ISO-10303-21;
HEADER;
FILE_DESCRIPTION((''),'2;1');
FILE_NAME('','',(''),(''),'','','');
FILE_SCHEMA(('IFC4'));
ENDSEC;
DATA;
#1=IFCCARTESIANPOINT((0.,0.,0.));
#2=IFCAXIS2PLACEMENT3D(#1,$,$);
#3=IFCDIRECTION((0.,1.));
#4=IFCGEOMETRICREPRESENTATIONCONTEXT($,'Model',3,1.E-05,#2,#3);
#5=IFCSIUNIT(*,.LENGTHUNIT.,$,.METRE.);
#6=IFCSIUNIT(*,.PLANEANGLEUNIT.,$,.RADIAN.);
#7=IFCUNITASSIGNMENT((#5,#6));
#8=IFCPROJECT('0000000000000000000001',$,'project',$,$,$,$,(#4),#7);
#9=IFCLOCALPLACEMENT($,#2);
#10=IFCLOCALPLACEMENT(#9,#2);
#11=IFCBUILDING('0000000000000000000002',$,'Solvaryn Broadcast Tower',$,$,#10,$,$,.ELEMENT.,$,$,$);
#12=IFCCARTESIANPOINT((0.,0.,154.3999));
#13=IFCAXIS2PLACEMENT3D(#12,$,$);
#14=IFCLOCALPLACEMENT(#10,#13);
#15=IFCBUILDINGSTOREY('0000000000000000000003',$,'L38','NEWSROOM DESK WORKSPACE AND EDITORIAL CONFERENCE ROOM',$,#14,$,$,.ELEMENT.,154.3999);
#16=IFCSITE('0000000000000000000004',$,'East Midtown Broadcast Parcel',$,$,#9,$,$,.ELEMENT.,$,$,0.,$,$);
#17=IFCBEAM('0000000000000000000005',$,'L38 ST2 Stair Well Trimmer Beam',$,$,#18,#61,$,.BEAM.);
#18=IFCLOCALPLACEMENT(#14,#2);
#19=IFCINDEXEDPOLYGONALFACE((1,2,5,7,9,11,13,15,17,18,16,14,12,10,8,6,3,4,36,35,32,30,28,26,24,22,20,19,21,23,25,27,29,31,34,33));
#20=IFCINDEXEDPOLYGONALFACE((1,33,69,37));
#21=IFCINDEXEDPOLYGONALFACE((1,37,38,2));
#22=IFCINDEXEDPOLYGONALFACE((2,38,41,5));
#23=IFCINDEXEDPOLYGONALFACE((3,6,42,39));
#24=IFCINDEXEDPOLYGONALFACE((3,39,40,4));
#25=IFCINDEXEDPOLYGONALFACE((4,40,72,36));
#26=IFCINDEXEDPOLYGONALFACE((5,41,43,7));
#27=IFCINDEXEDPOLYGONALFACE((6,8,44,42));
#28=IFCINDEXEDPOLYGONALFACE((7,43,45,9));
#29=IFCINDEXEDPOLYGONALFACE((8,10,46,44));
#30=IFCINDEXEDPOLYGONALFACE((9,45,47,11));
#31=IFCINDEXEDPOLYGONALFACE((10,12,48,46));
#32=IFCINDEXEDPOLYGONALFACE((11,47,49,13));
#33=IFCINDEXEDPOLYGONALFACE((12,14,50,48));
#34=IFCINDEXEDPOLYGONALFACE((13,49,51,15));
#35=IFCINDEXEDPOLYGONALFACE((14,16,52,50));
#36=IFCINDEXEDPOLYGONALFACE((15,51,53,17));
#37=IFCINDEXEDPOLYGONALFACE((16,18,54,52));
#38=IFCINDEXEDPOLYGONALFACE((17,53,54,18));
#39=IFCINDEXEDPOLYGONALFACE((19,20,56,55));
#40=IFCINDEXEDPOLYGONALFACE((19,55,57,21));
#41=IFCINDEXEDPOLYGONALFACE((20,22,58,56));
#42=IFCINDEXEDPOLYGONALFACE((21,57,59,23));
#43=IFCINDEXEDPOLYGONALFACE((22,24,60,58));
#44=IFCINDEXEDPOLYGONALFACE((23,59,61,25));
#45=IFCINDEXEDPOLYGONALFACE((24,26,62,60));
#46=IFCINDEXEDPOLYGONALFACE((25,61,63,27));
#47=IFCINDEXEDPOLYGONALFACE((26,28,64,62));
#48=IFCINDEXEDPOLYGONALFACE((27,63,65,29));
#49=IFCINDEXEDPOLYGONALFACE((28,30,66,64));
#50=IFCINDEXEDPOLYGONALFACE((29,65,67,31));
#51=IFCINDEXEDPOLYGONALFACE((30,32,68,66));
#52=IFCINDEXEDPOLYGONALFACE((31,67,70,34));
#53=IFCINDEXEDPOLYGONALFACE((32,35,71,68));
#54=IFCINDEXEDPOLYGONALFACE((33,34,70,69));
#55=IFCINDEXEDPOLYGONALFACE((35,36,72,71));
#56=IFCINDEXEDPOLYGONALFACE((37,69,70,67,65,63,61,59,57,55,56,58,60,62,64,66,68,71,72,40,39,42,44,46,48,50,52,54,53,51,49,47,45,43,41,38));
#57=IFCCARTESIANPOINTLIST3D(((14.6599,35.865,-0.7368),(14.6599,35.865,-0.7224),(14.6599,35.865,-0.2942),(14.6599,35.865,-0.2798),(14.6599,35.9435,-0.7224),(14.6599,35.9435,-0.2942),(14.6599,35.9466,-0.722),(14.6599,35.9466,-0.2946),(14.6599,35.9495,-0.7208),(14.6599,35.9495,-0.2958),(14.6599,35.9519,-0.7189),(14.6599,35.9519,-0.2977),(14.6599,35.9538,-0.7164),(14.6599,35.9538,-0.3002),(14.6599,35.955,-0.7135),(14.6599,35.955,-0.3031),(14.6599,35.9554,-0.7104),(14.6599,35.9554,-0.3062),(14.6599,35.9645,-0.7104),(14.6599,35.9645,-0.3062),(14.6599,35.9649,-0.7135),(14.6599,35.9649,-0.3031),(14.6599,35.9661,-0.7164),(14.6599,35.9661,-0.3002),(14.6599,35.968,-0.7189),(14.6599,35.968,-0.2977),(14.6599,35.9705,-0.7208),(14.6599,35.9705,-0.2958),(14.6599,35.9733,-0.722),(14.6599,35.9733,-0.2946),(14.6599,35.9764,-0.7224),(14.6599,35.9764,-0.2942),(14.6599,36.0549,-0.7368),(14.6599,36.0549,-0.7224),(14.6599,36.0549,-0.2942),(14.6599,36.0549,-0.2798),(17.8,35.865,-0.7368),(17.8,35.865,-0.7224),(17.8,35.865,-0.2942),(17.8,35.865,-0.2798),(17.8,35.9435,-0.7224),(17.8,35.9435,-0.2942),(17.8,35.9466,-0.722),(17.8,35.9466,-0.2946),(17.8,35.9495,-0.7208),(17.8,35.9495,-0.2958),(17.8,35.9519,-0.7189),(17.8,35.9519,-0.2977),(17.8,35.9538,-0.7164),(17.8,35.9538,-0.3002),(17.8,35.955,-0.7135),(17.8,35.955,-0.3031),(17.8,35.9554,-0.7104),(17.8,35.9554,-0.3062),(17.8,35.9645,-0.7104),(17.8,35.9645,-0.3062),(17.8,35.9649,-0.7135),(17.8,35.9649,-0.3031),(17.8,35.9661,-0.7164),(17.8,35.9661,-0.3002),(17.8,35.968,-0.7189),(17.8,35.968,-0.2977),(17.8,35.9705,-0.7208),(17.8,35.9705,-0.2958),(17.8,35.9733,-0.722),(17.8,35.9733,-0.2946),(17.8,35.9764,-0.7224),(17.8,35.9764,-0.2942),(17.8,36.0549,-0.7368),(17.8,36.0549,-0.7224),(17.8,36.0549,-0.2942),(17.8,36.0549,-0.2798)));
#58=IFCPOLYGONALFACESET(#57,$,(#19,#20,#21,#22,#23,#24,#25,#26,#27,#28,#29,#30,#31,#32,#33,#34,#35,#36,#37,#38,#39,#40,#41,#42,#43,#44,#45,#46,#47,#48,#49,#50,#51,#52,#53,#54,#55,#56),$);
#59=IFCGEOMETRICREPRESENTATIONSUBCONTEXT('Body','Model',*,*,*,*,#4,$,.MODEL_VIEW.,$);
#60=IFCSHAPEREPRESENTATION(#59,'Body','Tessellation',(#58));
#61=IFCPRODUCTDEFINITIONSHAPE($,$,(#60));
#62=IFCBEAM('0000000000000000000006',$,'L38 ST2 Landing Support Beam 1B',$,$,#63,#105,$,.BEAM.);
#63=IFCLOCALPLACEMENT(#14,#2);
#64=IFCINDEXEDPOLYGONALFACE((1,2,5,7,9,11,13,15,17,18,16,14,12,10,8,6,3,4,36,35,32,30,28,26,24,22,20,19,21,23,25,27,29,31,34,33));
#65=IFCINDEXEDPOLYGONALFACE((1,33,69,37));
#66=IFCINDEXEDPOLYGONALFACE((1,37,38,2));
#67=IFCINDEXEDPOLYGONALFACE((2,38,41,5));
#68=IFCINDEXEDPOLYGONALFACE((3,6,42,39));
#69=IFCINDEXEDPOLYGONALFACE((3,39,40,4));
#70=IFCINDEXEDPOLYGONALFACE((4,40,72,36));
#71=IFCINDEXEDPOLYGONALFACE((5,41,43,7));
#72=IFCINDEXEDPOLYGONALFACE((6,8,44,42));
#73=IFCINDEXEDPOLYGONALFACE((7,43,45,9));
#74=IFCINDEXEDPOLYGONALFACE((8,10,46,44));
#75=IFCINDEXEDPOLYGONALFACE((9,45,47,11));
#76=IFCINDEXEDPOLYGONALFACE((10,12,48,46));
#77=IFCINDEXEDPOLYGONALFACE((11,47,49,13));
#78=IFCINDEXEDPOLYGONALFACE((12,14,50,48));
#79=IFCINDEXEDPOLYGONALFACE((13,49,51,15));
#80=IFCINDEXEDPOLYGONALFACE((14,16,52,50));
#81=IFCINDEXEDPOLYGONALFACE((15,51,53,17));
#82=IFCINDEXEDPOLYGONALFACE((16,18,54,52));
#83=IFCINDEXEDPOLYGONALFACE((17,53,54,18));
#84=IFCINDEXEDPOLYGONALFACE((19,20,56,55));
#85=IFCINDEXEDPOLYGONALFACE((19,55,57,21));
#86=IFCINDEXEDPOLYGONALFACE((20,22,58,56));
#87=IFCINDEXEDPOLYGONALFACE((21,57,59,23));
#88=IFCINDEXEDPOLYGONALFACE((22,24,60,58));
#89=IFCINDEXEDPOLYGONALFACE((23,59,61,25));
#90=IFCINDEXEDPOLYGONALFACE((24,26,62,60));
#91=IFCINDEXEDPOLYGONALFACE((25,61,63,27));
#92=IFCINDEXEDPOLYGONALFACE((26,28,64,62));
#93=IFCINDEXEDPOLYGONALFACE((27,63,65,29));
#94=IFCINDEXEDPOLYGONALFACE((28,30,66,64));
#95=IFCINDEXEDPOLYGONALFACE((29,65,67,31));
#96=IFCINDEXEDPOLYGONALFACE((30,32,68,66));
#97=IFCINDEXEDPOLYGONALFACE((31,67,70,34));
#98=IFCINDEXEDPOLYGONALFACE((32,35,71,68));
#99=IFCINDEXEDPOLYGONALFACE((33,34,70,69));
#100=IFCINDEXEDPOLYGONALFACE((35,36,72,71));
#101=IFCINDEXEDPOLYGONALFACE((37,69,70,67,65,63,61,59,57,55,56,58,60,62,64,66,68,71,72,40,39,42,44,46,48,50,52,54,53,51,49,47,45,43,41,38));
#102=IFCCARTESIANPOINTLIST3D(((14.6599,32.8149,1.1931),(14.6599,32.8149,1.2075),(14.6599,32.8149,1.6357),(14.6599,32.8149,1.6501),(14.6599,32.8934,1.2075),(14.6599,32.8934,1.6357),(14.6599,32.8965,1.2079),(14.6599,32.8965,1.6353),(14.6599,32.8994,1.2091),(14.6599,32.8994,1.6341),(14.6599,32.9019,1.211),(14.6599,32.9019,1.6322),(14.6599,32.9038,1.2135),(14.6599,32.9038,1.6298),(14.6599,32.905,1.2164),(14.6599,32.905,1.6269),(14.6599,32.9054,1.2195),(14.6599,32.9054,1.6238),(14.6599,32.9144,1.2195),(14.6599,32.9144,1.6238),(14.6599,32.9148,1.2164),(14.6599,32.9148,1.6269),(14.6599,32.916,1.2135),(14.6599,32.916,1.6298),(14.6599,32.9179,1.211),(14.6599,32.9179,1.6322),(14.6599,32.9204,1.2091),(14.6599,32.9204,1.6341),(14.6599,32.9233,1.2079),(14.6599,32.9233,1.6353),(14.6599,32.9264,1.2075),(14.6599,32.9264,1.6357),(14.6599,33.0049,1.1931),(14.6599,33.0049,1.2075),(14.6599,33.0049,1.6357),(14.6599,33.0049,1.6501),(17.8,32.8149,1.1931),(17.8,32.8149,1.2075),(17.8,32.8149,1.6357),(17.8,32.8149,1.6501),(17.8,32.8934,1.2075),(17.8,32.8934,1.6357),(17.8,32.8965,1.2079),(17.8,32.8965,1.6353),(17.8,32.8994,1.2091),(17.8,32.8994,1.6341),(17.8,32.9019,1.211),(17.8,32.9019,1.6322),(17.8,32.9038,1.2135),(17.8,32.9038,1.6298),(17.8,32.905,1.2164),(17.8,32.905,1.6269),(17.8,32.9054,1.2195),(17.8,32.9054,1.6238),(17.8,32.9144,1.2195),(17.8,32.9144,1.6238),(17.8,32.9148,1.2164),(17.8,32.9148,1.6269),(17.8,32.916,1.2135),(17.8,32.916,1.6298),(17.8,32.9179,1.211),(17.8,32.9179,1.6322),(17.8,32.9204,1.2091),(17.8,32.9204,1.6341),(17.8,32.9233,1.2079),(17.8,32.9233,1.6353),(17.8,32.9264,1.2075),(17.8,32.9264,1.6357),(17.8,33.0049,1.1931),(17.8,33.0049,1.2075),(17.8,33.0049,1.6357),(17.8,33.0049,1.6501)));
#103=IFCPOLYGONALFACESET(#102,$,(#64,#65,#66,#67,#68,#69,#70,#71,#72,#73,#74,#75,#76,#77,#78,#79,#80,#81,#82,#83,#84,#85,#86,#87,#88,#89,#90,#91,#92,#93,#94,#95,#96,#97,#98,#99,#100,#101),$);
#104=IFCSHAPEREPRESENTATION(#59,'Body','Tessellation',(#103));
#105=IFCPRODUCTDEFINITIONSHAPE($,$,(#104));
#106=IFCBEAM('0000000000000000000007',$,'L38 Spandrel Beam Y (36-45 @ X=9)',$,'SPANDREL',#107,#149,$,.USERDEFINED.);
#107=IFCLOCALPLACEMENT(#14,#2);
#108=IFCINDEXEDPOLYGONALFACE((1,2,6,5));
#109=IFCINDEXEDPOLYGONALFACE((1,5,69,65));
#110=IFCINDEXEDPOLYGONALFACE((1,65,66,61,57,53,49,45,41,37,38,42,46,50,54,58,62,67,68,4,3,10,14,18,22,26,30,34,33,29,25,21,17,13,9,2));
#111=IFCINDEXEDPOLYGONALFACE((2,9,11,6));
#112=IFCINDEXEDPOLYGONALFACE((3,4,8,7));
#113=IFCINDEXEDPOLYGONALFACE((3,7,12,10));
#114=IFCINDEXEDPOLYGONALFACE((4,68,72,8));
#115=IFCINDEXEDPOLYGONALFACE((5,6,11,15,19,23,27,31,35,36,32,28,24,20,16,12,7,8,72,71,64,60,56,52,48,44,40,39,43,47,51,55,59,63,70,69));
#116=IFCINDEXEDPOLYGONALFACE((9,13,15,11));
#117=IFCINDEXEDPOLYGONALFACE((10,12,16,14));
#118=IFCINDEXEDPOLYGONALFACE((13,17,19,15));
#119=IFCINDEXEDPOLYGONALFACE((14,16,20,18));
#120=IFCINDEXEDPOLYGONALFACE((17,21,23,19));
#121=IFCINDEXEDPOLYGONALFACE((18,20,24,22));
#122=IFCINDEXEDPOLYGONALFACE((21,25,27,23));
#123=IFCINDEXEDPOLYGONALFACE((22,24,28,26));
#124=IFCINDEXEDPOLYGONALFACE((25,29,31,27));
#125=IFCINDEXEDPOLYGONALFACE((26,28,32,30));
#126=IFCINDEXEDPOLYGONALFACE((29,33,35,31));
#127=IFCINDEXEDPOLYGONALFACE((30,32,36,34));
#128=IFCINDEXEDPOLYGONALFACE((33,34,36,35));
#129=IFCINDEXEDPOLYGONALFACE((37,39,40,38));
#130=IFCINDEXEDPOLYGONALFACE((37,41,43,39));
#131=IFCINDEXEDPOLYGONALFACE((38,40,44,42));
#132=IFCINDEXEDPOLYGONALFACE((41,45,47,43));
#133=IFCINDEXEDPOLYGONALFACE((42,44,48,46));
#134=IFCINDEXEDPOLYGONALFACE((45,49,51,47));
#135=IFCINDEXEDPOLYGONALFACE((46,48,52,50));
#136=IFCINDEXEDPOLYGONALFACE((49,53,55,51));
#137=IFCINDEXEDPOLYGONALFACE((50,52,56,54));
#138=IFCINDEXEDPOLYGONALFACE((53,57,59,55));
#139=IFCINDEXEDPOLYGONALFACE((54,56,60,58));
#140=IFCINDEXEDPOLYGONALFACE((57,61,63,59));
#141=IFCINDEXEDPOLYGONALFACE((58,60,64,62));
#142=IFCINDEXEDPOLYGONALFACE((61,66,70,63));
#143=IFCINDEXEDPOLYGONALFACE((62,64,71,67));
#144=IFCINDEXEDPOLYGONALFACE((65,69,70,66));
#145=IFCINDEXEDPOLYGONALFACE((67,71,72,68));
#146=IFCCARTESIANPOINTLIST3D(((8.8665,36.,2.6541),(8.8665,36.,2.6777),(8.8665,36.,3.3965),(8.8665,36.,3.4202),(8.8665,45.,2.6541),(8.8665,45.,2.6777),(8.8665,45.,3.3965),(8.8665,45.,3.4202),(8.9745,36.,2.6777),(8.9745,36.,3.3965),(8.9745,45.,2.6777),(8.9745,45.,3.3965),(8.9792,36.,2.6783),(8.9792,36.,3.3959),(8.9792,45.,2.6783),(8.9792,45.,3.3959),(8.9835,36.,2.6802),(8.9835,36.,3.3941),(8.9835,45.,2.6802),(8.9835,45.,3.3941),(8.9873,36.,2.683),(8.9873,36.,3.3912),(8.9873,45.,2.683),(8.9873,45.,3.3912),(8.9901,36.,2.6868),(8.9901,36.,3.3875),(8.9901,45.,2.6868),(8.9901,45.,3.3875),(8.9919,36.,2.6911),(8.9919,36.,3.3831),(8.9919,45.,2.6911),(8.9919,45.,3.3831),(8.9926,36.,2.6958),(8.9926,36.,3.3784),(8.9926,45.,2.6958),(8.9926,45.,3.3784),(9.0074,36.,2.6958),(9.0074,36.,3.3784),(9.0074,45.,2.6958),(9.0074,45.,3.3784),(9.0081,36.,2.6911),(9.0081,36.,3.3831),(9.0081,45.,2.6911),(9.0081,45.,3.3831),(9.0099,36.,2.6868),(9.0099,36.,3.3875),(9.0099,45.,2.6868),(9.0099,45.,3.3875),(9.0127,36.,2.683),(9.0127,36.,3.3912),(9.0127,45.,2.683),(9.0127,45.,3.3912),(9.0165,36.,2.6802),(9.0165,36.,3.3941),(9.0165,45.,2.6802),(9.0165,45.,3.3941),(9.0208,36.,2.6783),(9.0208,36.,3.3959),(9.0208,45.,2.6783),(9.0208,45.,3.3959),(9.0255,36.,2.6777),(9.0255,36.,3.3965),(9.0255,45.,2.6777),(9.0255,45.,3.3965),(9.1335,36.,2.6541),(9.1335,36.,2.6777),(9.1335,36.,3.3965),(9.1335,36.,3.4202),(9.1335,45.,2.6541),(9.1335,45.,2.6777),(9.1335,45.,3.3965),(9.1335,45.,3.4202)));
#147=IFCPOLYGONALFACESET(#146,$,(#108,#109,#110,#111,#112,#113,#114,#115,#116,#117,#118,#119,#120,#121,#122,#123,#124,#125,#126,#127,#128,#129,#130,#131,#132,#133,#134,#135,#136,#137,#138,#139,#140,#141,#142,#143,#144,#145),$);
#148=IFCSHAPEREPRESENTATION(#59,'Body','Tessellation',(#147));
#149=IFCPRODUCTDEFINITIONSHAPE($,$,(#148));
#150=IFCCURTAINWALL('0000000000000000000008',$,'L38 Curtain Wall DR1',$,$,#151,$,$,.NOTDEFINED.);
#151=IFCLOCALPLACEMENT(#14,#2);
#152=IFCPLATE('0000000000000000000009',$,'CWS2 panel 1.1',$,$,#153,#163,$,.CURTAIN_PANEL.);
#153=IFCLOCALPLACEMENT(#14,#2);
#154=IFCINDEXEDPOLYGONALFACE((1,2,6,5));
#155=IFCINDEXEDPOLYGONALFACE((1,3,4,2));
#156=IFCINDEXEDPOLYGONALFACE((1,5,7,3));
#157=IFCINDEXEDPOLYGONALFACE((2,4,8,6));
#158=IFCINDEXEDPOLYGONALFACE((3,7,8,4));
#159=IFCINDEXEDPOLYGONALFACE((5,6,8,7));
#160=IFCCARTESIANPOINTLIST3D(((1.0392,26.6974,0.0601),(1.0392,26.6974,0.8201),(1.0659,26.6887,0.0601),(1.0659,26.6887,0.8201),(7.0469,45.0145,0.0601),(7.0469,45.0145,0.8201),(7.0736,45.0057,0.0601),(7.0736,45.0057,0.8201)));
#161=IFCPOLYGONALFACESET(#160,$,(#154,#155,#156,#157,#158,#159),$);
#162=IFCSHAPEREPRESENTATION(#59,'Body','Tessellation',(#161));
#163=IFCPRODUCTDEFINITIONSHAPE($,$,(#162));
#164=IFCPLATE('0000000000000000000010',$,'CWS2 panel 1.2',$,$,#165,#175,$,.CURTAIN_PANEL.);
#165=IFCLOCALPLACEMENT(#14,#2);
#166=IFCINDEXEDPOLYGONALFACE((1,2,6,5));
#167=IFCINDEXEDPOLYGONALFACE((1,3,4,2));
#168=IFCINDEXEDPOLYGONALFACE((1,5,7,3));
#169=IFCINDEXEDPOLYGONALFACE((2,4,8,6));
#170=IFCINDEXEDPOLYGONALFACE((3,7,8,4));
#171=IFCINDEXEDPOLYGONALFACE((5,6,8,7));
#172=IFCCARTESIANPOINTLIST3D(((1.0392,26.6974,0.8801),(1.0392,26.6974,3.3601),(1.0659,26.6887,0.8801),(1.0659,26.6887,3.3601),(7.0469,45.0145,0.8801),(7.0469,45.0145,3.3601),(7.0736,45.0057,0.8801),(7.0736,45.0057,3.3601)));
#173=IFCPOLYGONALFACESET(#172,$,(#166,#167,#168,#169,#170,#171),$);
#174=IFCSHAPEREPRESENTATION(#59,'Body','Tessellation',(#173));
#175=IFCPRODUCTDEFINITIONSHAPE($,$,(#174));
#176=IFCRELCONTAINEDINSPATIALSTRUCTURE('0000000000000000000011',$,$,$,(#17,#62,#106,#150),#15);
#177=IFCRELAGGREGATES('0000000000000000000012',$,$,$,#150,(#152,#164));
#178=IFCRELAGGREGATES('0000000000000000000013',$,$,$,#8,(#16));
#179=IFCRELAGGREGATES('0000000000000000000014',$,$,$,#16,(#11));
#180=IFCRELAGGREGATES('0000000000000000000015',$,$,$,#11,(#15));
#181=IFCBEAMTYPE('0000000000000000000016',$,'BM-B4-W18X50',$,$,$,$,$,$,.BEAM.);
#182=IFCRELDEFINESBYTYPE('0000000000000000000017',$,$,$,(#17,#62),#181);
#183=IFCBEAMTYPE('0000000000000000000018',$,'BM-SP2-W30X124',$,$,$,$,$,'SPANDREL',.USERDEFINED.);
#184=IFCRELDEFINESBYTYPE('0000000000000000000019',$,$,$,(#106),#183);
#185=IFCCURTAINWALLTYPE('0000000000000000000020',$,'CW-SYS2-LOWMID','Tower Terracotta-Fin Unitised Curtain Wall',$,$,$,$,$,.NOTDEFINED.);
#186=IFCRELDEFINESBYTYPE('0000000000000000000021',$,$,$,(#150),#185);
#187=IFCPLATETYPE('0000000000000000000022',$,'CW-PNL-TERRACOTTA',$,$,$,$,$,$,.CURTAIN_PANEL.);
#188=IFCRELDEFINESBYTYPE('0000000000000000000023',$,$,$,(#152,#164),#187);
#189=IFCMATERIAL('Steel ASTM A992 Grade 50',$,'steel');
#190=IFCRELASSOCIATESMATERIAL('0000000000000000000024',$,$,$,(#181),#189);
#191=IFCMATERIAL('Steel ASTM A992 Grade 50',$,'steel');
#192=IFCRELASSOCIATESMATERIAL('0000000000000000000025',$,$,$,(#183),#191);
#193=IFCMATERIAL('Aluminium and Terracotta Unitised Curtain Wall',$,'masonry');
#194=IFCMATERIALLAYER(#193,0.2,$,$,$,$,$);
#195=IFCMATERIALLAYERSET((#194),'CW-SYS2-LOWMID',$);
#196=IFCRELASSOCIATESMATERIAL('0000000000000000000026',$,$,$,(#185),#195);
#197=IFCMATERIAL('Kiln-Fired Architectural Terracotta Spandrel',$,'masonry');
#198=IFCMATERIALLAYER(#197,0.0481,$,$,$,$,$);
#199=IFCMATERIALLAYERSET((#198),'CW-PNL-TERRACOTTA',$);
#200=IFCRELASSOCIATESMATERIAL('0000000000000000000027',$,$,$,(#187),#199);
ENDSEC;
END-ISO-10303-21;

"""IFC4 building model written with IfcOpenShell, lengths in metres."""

from ifc_helpers import new_model, si_unit, direction, frame, origin, origin_2d, place, context, subcontext, project, spatial, rectangle, i_section, extrude, material, layer, layer_set, material_profile, profile_set, type_object, element, aggregate, save


model = new_model("IFC4")

# Units and contexts
model_context = context("Model", 3, precision=1e-05, world=origin(), true_north=direction((0.0, 1.0)))
body_context = subcontext(model_context, "Body", "Model", "MODEL_VIEW")
ifc_project = project(units=[si_unit("LENGTHUNIT", "METRE"), si_unit("PLANEANGLEUNIT", "RADIAN")], contexts=[model_context])

# Site, building, storey
site_placement = place(None, origin())
site = spatial("IfcSite", under=ifc_project, at=site_placement, Name="East Midtown Broadcast Parcel", CompositionType="ELEMENT", RefElevation=0.0)
building_placement = place(site_placement, origin())
building = spatial("IfcBuilding", under=site, at=building_placement, Name="Solvaryn Broadcast Tower", CompositionType="ELEMENT")
storey_placement = place(building_placement, frame((0.0, 0.0, 154.3999)))
storey = spatial("IfcBuildingStorey", under=building, at=storey_placement, Name="L38", Description="NEWSROOM DESK WORKSPACE AND EDITORIAL CONFERENCE ROOM", CompositionType="ELEMENT", Elevation=154.3999)

# Beams
ifc_material_1 = material(Name="Steel ASTM A992 Grade 50", Category="steel")
ifc_material_profile_1 = material_profile(ifc_material_1, i_section(OverallWidth=0.1899, OverallDepth=0.457, WebThickness=0.009, FlangeThickness=0.0144, FilletRadius=0.012, at=origin_2d()))
ifc_profile_set_1 = profile_set([ifc_material_profile_1], Name="Steel ASTM A992 Grade 50")
beam_type_1 = type_object("IfcBeamType", Name="BM-B4-W18X50", PredefinedType="BEAM", material=ifc_profile_set_1)
for number, where, z_axis, x_axis, name in (
    (1, (14.6599, 35.96, -0.5083), (1.0, 0.0, 0.0), (0.0, 1.0, 0.0), "L38 ST2 Stair Well Trimmer Beam"),
    (2, (14.6599, 32.9099, 1.4216), (1.0, 0.0, 0.0), (0.0, 1.0, 0.0), "L38 ST2 Landing Support Beam 1B"),
):
    element("IfcBeam", number, at=place(storey_placement, frame(where, z_axis=z_axis, x_axis=x_axis)), inside=storey, type_object=beam_type_1, Name=name, PredefinedType="BEAM", context=body_context, shape_type="SweptSolid", body=[
        extrude(i_section(OverallWidth=0.1899, OverallDepth=0.457, WebThickness=0.009, FlangeThickness=0.0144, FilletRadius=0.012, at=origin_2d()), origin(), (0.0, 0.0, 1.0), 3.1401),
    ])
ifc_material_2 = material(Name="Steel ASTM A992 Grade 50", Category="steel")
ifc_material_profile_2 = material_profile(ifc_material_2, i_section(OverallWidth=0.2671, OverallDepth=0.7661, WebThickness=0.0149, FlangeThickness=0.0237, FilletRadius=0.0181, at=origin_2d()))
ifc_profile_set_2 = profile_set([ifc_material_profile_2], Name="Steel ASTM A992 Grade 50")
beam_type_2 = type_object("IfcBeamType", Name="BM-SP2-W30X124", ElementType="SPANDREL", PredefinedType="USERDEFINED", material=ifc_profile_set_2)
beam_1_placement = place(storey_placement, frame((9.0, 36.0, 3.0371), z_axis=(0.0, 1.0, 0.0), x_axis=(-1.0, 0.0, 0.0)))
element("IfcBeam", 3, at=beam_1_placement, inside=storey, type_object=beam_type_2, Name="L38 Spandrel Beam Y (36-45 @ X=9)", ObjectType="SPANDREL", PredefinedType="USERDEFINED", context=body_context, shape_type="SweptSolid", body=[
    extrude(i_section(OverallWidth=0.2671, OverallDepth=0.7661, WebThickness=0.0149, FlangeThickness=0.0237, FilletRadius=0.0181, at=origin_2d()), origin(), (0.0, 0.0, 1.0), 9.0),
])

# Curtain wall, plates
ifc_material_3 = material(Name="Aluminium and Terracotta Unitised Curtain Wall", Category="masonry")
ifc_layer_1 = layer(ifc_material_3, 0.2)
ifc_layer_set_1 = layer_set([ifc_layer_1], Name="CW-SYS2-LOWMID")
curtain_wall_type = type_object("IfcCurtainWallType", Name="CW-SYS2-LOWMID", Description="Tower Terracotta-Fin Unitised Curtain Wall", PredefinedType="NOTDEFINED", material=ifc_layer_set_1)
curtain_wall_placement = place(storey_placement, origin())
curtain_wall = element("IfcCurtainWall", 4, at=curtain_wall_placement, inside=storey, type_object=curtain_wall_type, Name="L38 Curtain Wall DR1", PredefinedType="NOTDEFINED")
ifc_material_4 = material(Name="Kiln-Fired Architectural Terracotta Spandrel", Category="masonry")
ifc_layer_2 = layer(ifc_material_4, 0.0481)
ifc_layer_set_2 = layer_set([ifc_layer_2], Name="CW-PNL-TERRACOTTA")
plate_type = type_object("IfcPlateType", Name="CW-PNL-TERRACOTTA", PredefinedType="CURTAIN_PANEL", material=ifc_layer_set_2)
plate_1_placement = place(storey_placement, frame((4.0564, 35.8516, 0.0601), z_axis=(0.0, 0.0, 1.0), x_axis=(-0.311646, -0.950198, 0.0)))
plate_1 = element("IfcPlate", 5, at=plate_1_placement, type_object=plate_type, Name="CWS2 panel 1.1", PredefinedType="CURTAIN_PANEL", context=body_context, shape_type="SweptSolid", body=[
    extrude(rectangle(XDim=19.2771, YDim=0.0281, at=origin_2d()), origin(), (0.0, 0.0, 1.0), 0.76),
])
plate_2_placement = place(storey_placement, frame((4.0564, 35.8516, 0.8801), z_axis=(0.0, 0.0, 1.0), x_axis=(-0.311646, -0.950198, 0.0)))
plate_2 = element("IfcPlate", 6, at=plate_2_placement, type_object=plate_type, Name="CWS2 panel 1.2", PredefinedType="CURTAIN_PANEL", context=body_context, shape_type="SweptSolid", body=[
    extrude(rectangle(XDim=19.2771, YDim=0.0281, at=origin_2d()), origin(), (0.0, 0.0, 1.0), 2.48),
])
aggregate(curtain_wall, [plate_1, plate_2])

save(model, "model.ifc")
